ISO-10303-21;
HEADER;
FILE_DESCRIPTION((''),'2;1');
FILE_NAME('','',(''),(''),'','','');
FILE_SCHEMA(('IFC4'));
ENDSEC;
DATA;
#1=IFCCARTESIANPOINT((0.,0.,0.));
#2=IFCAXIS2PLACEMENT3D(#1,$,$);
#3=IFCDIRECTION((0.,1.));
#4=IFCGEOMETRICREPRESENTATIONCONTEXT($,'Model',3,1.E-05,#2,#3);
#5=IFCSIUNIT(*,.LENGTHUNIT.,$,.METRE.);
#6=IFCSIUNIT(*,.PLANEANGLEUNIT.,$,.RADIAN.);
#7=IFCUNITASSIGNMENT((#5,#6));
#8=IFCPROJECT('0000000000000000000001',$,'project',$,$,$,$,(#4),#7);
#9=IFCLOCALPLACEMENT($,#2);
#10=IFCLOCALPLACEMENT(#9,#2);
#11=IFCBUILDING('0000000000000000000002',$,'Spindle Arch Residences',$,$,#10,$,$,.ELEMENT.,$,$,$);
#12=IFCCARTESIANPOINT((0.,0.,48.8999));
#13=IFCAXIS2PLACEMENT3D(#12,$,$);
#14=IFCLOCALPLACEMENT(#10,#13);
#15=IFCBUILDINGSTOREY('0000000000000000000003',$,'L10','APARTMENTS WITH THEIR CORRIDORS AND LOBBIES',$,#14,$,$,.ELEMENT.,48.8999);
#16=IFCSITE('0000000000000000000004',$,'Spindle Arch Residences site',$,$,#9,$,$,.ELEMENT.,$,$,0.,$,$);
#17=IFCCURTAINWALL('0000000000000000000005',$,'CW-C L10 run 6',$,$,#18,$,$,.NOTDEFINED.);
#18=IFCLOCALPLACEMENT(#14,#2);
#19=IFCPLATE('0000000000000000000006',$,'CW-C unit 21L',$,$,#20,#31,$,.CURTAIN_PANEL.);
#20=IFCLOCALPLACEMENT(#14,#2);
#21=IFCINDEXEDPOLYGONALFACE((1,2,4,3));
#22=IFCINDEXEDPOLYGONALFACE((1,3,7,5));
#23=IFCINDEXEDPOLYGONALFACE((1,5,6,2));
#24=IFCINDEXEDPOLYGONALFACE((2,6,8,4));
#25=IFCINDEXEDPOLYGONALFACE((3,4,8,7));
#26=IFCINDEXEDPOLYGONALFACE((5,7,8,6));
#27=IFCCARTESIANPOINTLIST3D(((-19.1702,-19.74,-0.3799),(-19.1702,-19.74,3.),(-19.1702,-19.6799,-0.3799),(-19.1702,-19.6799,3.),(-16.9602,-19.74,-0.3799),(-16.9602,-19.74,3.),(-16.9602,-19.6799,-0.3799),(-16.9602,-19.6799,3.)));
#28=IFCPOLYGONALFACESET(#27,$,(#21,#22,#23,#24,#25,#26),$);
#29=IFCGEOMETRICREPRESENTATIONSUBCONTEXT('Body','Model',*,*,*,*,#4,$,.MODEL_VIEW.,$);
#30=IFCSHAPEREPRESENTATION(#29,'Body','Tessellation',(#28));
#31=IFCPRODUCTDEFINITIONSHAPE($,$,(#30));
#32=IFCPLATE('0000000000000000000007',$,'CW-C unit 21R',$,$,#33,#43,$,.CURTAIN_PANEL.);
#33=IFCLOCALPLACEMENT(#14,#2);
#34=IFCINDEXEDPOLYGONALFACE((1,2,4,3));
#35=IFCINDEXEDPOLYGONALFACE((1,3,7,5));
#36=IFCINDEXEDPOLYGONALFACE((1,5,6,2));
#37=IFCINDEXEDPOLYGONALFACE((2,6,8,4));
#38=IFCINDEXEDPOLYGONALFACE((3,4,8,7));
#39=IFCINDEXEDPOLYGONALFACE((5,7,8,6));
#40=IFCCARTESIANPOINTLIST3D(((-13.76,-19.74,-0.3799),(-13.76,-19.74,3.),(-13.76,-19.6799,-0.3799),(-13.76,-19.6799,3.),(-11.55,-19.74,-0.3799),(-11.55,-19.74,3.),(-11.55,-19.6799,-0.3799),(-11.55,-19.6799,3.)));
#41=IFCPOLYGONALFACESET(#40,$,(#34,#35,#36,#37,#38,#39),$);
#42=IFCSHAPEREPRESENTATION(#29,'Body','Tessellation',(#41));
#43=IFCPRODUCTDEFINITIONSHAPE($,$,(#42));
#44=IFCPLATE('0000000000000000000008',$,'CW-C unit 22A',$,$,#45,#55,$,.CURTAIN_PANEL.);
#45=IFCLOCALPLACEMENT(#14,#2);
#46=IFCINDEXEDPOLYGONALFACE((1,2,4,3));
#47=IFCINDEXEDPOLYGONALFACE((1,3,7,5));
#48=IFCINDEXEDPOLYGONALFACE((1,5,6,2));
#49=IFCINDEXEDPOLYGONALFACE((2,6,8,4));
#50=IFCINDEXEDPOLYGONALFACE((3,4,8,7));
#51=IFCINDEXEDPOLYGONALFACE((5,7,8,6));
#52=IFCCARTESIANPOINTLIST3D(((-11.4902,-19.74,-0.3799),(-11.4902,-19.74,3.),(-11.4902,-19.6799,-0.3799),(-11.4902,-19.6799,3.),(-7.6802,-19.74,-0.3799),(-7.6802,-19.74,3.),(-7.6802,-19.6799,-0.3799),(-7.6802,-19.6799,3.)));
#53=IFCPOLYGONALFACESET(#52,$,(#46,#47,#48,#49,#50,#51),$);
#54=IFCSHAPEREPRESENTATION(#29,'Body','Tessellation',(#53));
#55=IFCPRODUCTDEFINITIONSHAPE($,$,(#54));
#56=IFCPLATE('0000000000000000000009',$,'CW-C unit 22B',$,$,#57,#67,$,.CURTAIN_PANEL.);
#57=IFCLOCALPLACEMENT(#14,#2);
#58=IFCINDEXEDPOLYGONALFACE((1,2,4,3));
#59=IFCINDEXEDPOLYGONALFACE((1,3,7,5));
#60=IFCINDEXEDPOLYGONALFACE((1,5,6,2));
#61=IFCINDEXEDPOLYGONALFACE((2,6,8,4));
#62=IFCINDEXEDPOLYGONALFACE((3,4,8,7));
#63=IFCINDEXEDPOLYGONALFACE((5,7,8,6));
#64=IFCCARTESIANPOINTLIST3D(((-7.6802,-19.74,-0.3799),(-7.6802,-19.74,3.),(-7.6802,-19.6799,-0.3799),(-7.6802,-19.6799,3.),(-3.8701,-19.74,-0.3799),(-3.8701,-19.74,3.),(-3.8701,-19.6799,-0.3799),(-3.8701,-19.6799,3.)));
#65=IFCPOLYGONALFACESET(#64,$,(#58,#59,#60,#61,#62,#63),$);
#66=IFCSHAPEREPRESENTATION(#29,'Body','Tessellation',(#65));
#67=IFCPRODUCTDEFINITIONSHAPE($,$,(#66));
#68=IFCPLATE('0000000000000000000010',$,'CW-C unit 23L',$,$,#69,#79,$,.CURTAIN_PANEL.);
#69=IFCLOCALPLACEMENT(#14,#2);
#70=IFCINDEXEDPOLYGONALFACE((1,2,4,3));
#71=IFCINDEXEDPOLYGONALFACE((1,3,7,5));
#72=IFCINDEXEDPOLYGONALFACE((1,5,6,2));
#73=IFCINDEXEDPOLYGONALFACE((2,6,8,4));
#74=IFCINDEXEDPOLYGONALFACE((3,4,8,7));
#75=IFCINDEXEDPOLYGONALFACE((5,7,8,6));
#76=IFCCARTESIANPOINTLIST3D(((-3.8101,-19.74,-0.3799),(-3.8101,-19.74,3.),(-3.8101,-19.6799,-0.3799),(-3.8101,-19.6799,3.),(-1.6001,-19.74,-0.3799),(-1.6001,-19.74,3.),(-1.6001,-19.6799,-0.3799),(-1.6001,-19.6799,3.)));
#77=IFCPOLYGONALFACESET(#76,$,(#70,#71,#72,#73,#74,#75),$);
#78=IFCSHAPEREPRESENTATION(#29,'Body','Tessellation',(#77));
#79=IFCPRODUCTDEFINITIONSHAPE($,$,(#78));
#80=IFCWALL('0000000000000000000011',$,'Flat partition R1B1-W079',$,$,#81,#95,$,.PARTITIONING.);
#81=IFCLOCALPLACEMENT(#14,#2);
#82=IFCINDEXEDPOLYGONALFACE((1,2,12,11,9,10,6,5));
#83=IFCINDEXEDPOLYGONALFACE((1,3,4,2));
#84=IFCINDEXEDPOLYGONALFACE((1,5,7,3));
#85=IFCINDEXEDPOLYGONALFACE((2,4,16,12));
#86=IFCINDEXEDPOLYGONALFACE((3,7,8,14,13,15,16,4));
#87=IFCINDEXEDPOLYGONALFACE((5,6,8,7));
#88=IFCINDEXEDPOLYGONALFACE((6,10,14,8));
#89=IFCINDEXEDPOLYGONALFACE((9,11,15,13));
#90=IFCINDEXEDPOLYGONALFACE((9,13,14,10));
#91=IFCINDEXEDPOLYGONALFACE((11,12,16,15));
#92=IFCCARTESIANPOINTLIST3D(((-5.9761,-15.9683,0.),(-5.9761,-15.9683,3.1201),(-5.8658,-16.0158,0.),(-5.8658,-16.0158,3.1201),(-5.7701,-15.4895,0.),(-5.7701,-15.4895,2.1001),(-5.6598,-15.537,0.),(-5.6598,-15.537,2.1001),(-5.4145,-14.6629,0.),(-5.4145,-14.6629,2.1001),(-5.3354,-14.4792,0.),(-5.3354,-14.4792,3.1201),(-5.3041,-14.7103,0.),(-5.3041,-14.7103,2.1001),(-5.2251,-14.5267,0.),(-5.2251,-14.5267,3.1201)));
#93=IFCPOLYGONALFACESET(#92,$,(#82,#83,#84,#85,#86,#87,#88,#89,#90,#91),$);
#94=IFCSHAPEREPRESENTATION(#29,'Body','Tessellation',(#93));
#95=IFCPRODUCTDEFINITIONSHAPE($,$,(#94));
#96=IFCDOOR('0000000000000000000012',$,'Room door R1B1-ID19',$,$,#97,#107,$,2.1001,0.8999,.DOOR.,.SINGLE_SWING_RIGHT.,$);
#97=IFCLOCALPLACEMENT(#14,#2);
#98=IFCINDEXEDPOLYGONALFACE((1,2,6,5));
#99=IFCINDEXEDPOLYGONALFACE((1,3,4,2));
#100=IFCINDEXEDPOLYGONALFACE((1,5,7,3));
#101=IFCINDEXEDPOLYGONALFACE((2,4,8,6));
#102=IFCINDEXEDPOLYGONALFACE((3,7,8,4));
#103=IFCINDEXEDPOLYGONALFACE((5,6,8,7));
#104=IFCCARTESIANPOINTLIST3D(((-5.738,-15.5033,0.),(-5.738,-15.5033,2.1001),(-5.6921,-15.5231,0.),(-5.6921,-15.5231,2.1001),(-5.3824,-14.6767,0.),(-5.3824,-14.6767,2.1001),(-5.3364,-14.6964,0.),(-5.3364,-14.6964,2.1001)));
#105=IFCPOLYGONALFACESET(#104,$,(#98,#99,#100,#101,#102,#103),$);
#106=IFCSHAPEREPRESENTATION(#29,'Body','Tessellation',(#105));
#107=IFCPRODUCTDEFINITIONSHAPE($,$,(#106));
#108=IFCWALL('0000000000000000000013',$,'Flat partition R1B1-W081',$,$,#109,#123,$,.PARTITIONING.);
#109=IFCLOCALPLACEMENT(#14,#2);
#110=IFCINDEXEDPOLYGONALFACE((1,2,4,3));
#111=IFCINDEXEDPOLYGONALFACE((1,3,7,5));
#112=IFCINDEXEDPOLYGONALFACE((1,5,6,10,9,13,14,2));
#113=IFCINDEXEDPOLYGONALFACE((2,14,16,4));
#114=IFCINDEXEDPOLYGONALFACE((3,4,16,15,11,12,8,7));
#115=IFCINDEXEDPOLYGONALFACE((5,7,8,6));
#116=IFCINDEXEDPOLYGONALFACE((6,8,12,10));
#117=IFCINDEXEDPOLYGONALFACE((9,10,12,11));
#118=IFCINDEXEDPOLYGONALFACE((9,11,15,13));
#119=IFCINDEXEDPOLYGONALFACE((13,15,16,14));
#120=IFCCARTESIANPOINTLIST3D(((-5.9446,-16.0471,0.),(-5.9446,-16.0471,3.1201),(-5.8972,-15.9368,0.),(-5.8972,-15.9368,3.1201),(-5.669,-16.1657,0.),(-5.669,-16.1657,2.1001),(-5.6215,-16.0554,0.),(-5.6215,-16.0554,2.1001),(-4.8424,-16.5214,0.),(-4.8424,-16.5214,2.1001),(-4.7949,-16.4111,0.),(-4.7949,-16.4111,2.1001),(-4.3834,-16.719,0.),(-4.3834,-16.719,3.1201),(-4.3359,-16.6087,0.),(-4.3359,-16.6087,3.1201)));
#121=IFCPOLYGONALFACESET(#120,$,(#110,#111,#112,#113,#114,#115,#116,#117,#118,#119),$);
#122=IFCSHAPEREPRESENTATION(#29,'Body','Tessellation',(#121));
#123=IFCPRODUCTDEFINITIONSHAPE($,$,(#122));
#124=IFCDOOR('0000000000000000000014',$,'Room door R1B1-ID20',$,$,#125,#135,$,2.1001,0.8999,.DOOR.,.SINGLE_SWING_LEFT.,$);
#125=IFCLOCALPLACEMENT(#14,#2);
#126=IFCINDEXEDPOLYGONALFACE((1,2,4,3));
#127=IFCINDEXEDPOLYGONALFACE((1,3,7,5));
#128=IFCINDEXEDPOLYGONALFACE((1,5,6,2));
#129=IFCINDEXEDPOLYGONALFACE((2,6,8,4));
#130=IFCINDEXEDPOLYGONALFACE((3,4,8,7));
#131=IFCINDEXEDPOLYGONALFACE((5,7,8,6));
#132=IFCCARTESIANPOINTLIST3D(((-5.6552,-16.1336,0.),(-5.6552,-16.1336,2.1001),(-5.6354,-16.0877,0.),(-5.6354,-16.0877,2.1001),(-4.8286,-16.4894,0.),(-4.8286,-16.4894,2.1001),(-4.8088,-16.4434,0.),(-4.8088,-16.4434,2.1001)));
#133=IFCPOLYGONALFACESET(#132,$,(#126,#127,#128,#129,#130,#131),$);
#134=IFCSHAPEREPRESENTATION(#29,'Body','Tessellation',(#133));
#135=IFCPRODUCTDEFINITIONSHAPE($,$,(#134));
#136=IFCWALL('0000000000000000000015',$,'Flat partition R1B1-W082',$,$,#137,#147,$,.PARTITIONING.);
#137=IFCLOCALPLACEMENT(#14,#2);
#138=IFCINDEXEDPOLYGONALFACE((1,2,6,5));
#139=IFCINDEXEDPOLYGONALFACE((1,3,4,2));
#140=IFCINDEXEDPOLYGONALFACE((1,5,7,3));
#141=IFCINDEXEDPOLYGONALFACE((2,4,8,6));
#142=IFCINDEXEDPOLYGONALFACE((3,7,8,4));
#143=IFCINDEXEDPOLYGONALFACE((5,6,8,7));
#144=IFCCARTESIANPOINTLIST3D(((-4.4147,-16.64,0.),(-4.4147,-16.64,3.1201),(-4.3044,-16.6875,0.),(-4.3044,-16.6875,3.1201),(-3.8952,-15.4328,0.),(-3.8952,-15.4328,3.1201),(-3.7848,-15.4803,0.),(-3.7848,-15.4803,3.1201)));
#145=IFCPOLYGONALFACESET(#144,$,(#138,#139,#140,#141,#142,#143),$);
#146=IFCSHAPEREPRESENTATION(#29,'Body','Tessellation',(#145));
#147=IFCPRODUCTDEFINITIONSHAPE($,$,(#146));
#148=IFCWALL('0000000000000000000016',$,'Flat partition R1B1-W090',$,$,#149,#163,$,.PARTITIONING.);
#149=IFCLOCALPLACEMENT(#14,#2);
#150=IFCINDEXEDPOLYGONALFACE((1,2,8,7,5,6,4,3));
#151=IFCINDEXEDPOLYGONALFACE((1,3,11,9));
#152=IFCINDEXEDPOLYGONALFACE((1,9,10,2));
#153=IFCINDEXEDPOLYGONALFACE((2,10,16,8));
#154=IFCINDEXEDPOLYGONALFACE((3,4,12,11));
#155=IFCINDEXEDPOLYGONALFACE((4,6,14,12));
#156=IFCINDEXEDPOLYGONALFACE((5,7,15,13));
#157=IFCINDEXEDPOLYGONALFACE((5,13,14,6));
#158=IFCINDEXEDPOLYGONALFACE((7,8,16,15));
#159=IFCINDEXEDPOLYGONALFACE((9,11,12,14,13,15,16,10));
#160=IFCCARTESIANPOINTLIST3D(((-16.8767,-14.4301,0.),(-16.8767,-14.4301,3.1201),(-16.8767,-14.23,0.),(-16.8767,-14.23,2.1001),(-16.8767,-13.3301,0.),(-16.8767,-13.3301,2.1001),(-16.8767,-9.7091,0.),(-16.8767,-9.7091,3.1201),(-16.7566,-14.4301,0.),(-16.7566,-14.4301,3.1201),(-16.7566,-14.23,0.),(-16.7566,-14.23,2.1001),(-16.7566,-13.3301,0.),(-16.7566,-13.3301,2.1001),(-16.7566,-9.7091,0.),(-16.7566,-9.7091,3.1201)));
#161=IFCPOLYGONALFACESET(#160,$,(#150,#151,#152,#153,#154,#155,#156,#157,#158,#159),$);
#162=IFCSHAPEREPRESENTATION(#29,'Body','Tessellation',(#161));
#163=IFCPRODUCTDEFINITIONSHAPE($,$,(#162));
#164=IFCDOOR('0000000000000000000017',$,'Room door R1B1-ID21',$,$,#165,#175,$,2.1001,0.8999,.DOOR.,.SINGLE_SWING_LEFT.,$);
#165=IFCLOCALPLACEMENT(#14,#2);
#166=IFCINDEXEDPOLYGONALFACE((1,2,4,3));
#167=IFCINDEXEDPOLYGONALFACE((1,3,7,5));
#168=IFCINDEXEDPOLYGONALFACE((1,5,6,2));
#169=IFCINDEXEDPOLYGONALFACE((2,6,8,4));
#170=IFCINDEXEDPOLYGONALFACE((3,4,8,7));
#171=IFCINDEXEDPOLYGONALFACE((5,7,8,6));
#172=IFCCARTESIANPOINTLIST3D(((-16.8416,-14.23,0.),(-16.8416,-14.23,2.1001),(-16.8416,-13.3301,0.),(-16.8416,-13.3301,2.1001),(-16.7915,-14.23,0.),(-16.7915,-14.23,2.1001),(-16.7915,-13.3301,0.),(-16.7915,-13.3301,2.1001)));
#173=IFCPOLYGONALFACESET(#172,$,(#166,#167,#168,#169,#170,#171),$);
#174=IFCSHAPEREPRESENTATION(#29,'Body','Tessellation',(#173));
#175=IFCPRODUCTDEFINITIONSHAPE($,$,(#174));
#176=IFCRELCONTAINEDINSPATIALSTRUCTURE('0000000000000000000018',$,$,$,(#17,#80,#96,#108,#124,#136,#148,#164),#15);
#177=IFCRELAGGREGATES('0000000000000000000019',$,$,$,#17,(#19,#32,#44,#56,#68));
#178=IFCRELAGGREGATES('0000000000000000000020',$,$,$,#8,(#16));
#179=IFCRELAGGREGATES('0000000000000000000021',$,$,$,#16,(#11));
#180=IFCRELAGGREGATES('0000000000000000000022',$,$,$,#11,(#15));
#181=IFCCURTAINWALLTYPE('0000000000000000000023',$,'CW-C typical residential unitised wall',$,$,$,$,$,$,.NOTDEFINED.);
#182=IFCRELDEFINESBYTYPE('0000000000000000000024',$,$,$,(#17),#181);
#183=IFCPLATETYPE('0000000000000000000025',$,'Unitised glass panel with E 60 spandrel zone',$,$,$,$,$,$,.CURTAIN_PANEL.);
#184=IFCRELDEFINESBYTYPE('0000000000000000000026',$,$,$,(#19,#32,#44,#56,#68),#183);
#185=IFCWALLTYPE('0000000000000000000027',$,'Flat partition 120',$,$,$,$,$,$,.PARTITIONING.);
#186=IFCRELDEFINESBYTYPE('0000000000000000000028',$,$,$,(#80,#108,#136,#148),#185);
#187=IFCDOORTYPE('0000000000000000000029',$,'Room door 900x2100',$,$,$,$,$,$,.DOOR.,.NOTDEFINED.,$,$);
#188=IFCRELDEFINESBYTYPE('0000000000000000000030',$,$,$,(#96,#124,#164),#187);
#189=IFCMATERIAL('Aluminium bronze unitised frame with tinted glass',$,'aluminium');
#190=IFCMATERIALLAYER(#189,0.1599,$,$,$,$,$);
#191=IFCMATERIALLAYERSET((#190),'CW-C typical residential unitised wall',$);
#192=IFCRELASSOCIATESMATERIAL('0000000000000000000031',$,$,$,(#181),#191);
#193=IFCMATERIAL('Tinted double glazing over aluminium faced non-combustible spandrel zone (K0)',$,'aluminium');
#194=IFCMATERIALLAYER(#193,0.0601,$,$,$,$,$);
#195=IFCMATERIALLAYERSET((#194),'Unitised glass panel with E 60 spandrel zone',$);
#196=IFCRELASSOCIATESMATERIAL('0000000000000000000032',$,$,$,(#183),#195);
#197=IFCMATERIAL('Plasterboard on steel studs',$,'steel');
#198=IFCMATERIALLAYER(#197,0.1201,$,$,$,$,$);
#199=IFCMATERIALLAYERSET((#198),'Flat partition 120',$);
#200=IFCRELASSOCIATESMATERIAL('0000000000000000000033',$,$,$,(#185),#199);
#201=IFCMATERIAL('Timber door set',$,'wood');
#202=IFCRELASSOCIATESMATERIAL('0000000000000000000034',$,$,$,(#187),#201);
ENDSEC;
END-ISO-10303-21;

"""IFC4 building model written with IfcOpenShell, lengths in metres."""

from ifc_helpers import new_model, si_unit, direction, frame, frame_2d, origin, origin_2d, place, context, subcontext, project, spatial, rectangle, extrude, material, layer, layer_set, type_object, element, fill, aggregate, save


model = new_model("IFC4")

# Units and contexts
model_context = context("Model", 3, precision=1e-05, world=origin(), true_north=direction((0.0, 1.0)))
body_context = subcontext(model_context, "Body", "Model", "MODEL_VIEW")
ifc_project = project(units=[si_unit("LENGTHUNIT", "METRE"), si_unit("PLANEANGLEUNIT", "RADIAN")], contexts=[model_context])

# Site, building, storey
site_placement = place(None, origin())
site = spatial("IfcSite", under=ifc_project, at=site_placement, Name="Spindle Arch Residences site", CompositionType="ELEMENT", RefElevation=0.0)
building_placement = place(site_placement, origin())
building = spatial("IfcBuilding", under=site, at=building_placement, Name="Spindle Arch Residences", CompositionType="ELEMENT")
storey_placement = place(building_placement, frame((0.0, 0.0, 48.8999)))
storey = spatial("IfcBuildingStorey", under=building, at=storey_placement, Name="L10", Description="APARTMENTS WITH THEIR CORRIDORS AND LOBBIES", CompositionType="ELEMENT", Elevation=48.8999)

# Curtain wall
ifc_material_1 = material(Name="Aluminium bronze unitised frame with tinted glass", Category="aluminium")
ifc_layer_1 = layer(ifc_material_1, 0.1599)
ifc_layer_set_1 = layer_set([ifc_layer_1], Name="CW-C typical residential unitised wall")
curtain_wall_type = type_object("IfcCurtainWallType", Name="CW-C typical residential unitised wall", PredefinedType="NOTDEFINED", material=ifc_layer_set_1)
curtain_wall_placement = place(storey_placement, origin())
curtain_wall = element("IfcCurtainWall", 1, at=curtain_wall_placement, inside=storey, type_object=curtain_wall_type, Name="CW-C L10 run 6", PredefinedType="NOTDEFINED")

# Plates
ifc_material_2 = material(Name="Tinted double glazing over aluminium faced non-combustible spandrel zone (K0)", Category="aluminium")
ifc_layer_2 = layer(ifc_material_2, 0.0601)
ifc_layer_set_2 = layer_set([ifc_layer_2], Name="Unitised glass panel with E 60 spandrel zone")
plate_type = type_object("IfcPlateType", Name="Unitised glass panel with E 60 spandrel zone", PredefinedType="CURTAIN_PANEL", material=ifc_layer_set_2)
plate_1_placement = place(storey_placement, frame((-18.0652, -19.71, -0.3799), z_axis=(0.0, 0.0, 1.0), x_axis=(1.0, 0.0, 0.0)))
plate_1 = element("IfcPlate", 2, at=plate_1_placement, type_object=plate_type, Name="CW-C unit 21L", PredefinedType="CURTAIN_PANEL", context=body_context, shape_type="SweptSolid", body=[
    extrude(rectangle(XDim=2.21, YDim=0.0601, at=origin_2d()), origin(), (0.0, 0.0, 1.0), 3.3799),
])
plate_2_placement = place(storey_placement, frame((-12.655, -19.71, -0.3799), z_axis=(0.0, 0.0, 1.0), x_axis=(1.0, 0.0, 0.0)))
plate_2 = element("IfcPlate", 3, at=plate_2_placement, type_object=plate_type, Name="CW-C unit 21R", PredefinedType="CURTAIN_PANEL", context=body_context, shape_type="SweptSolid", body=[
    extrude(rectangle(XDim=2.21, YDim=0.0601, at=origin_2d()), origin(), (0.0, 0.0, 1.0), 3.3799),
])
plate_3_placement = place(storey_placement, frame((-9.5852, -19.71, -0.3799), z_axis=(0.0, 0.0, 1.0), x_axis=(1.0, 0.0, 0.0)))
plate_3 = element("IfcPlate", 4, at=plate_3_placement, type_object=plate_type, Name="CW-C unit 22A", PredefinedType="CURTAIN_PANEL", context=body_context, shape_type="SweptSolid", body=[
    extrude(rectangle(XDim=3.8101, YDim=0.0601, at=origin_2d()), origin(), (0.0, 0.0, 1.0), 3.3799),
])
plate_4_placement = place(storey_placement, frame((-5.7751, -19.71, -0.3799), z_axis=(0.0, 0.0, 1.0), x_axis=(1.0, 0.0, 0.0)))
plate_4 = element("IfcPlate", 5, at=plate_4_placement, type_object=plate_type, Name="CW-C unit 22B", PredefinedType="CURTAIN_PANEL", context=body_context, shape_type="SweptSolid", body=[
    extrude(rectangle(XDim=3.8101, YDim=0.0601, at=origin_2d()), origin(), (0.0, 0.0, 1.0), 3.3799),
])
plate_5_placement = place(storey_placement, frame((-2.7051, -19.71, -0.3799), z_axis=(0.0, 0.0, 1.0), x_axis=(1.0, 0.0, 0.0)))
plate_5 = element("IfcPlate", 6, at=plate_5_placement, type_object=plate_type, Name="CW-C unit 23L", PredefinedType="CURTAIN_PANEL", context=body_context, shape_type="SweptSolid", body=[
    extrude(rectangle(XDim=2.21, YDim=0.0601, at=origin_2d()), origin(), (0.0, 0.0, 1.0), 3.3799),
])
aggregate(curtain_wall, [plate_1, plate_2, plate_3, plate_4, plate_5])

# Walls, openings, doors
ifc_material_3 = material(Name="Plasterboard on steel studs", Category="steel")
ifc_layer_3 = layer(ifc_material_3, 0.1201)
ifc_layer_set_3 = layer_set([ifc_layer_3], Name="Flat partition 120")
wall_type_1 = type_object("IfcWallType", Name="Flat partition 120", PredefinedType="PARTITIONING", material=ifc_layer_set_3)
wall_1_placement = place(storey_placement, frame((-5.2803, -14.5029, 0.0), z_axis=(0.0, 0.0, 1.0), x_axis=(-0.39521, -0.918591, 0.0)))
wall_1 = element("IfcWall", 7, at=wall_1_placement, inside=storey, type_object=wall_type_1, Name="Flat partition R1B1-W079", PredefinedType="PARTITIONING", context=body_context, shape_type="SweptSolid", body=[
    extrude(rectangle(XDim=1.6211, YDim=0.1201, at=frame_2d((0.8105, 0.0))), origin(), (0.0, 0.0, 1.0), 3.1201),
])
opening_1_placement = place(wall_1_placement, frame((0.2, 0.0, 0.0)))
opening_1 = element("IfcOpeningElement", 8, at=opening_1_placement, cuts=wall_1, PredefinedType="OPENING", context=body_context, shape_type="SweptSolid", body=[
    extrude(rectangle(XDim=0.8999, YDim=2.1001, at=frame_2d((0.45, 1.05))), frame((0.0, 0.0701, 0.0), z_axis=(0.0, -1.0, 0.0), x_axis=(1.0, 0.0, 0.0)), (0.0, 0.0, 1.0), 0.1401),
])
ifc_material_4 = material(Name="Timber door set", Category="wood")
door_type_1 = type_object("IfcDoorType", Name="Room door 900x2100", OperationType="NOTDEFINED", PredefinedType="DOOR", material=ifc_material_4)
door_1_placement = place(opening_1_placement, origin())
door_1 = element("IfcDoor", 9, at=door_1_placement, inside=storey, type_object=door_type_1, Name="Room door R1B1-ID19", OperationType="SINGLE_SWING_RIGHT", OverallHeight=2.1001, OverallWidth=0.8999, PredefinedType="DOOR", context=body_context, shape_type="SweptSolid", body=[
    extrude(rectangle(XDim=0.8999, YDim=2.1001, at=frame_2d((0.45, 1.05))), frame((0.0, 0.0249, 0.0), z_axis=(0.0, -1.0, 0.0), x_axis=(1.0, 0.0, 0.0)), (0.0, 0.0, 1.0), 0.05),
])
fill(opening_1, door_1)
wall_2_placement = place(storey_placement, frame((-5.9209, -15.9919, 0.0), z_axis=(0.0, 0.0, 1.0), x_axis=(0.918557, -0.395288, 0.0)))
wall_2 = element("IfcWall", 10, at=wall_2_placement, inside=storey, type_object=wall_type_1, Name="Flat partition R1B1-W081", PredefinedType="PARTITIONING", context=body_context, shape_type="SweptSolid", body=[
    extrude(rectangle(XDim=1.6997, YDim=0.1201, at=frame_2d((0.8499, 0.0))), origin(), (0.0, 0.0, 1.0), 3.1201),
])
opening_2_placement = place(wall_2_placement, frame((0.3, 0.0, 0.0)))
opening_2 = element("IfcOpeningElement", 11, at=opening_2_placement, cuts=wall_2, PredefinedType="OPENING", context=body_context, shape_type="SweptSolid", body=[
    extrude(rectangle(XDim=0.8999, YDim=2.1001, at=frame_2d((0.45, 1.05))), frame((0.0, 0.0701, 0.0), z_axis=(0.0, -1.0, 0.0), x_axis=(1.0, 0.0, 0.0)), (0.0, 0.0, 1.0), 0.1401),
])
door_2_placement = place(opening_2_placement, origin())
door_2 = element("IfcDoor", 12, at=door_2_placement, inside=storey, type_object=door_type_1, Name="Room door R1B1-ID20", OperationType="SINGLE_SWING_LEFT", OverallHeight=2.1001, OverallWidth=0.8999, PredefinedType="DOOR", context=body_context, shape_type="SweptSolid", body=[
    extrude(rectangle(XDim=0.8999, YDim=2.1001, at=frame_2d((0.45, 1.05))), frame((0.0, 0.0249, 0.0), z_axis=(0.0, -1.0, 0.0), x_axis=(1.0, 0.0, 0.0)), (0.0, 0.0, 1.0), 0.05),
])
fill(opening_2, door_2)

# Wall
wall_3_placement = place(storey_placement, frame((-4.3596, -16.6638, 0.0), z_axis=(0.0, 0.0, 1.0), x_axis=(0.395354, 0.918529, 0.0)))
element("IfcWall", 13, at=wall_3_placement, inside=storey, type_object=wall_type_1, Name="Flat partition R1B1-W082", PredefinedType="PARTITIONING", context=body_context, shape_type="SweptSolid", body=[
    extrude(rectangle(XDim=1.3142, YDim=0.1201, at=frame_2d((0.6572, 0.0))), origin(), (0.0, 0.0, 1.0), 3.1201),
])

# Wall, opening, door
wall_4_placement = place(storey_placement, frame((-16.8167, -14.4299, 0.0), z_axis=(0.0, 0.0, 1.0), x_axis=(0.0, 1.0, 0.0)))
wall_4 = element("IfcWall", 14, at=wall_4_placement, inside=storey, type_object=wall_type_1, Name="Flat partition R1B1-W090", PredefinedType="PARTITIONING", context=body_context, shape_type="SweptSolid", body=[
    extrude(rectangle(XDim=4.7209, YDim=0.1201, at=frame_2d((2.3604, 0.0))), origin(), (0.0, 0.0, 1.0), 3.1201),
])
opening_3_placement = place(wall_4_placement, frame((0.2, 0.0, 0.0)))
opening_3 = element("IfcOpeningElement", 15, at=opening_3_placement, cuts=wall_4, PredefinedType="OPENING", context=body_context, shape_type="SweptSolid", body=[
    extrude(rectangle(XDim=0.8999, YDim=2.1001, at=frame_2d((0.45, 1.05))), frame((0.0, 0.0701, 0.0), z_axis=(0.0, -1.0, 0.0), x_axis=(1.0, 0.0, 0.0)), (0.0, 0.0, 1.0), 0.1401),
])
door_3_placement = place(opening_3_placement, origin())
door_3 = element("IfcDoor", 16, at=door_3_placement, inside=storey, type_object=door_type_1, Name="Room door R1B1-ID21", OperationType="SINGLE_SWING_LEFT", OverallHeight=2.1001, OverallWidth=0.8999, PredefinedType="DOOR", context=body_context, shape_type="SweptSolid", body=[
    extrude(rectangle(XDim=0.8999, YDim=2.1001, at=frame_2d((0.45, 1.05))), frame((0.0, 0.0249, 0.0), z_axis=(0.0, -1.0, 0.0), x_axis=(1.0, 0.0, 0.0)), (0.0, 0.0, 1.0), 0.05),
])
fill(opening_3, door_3)

save(model, "model.ifc")
